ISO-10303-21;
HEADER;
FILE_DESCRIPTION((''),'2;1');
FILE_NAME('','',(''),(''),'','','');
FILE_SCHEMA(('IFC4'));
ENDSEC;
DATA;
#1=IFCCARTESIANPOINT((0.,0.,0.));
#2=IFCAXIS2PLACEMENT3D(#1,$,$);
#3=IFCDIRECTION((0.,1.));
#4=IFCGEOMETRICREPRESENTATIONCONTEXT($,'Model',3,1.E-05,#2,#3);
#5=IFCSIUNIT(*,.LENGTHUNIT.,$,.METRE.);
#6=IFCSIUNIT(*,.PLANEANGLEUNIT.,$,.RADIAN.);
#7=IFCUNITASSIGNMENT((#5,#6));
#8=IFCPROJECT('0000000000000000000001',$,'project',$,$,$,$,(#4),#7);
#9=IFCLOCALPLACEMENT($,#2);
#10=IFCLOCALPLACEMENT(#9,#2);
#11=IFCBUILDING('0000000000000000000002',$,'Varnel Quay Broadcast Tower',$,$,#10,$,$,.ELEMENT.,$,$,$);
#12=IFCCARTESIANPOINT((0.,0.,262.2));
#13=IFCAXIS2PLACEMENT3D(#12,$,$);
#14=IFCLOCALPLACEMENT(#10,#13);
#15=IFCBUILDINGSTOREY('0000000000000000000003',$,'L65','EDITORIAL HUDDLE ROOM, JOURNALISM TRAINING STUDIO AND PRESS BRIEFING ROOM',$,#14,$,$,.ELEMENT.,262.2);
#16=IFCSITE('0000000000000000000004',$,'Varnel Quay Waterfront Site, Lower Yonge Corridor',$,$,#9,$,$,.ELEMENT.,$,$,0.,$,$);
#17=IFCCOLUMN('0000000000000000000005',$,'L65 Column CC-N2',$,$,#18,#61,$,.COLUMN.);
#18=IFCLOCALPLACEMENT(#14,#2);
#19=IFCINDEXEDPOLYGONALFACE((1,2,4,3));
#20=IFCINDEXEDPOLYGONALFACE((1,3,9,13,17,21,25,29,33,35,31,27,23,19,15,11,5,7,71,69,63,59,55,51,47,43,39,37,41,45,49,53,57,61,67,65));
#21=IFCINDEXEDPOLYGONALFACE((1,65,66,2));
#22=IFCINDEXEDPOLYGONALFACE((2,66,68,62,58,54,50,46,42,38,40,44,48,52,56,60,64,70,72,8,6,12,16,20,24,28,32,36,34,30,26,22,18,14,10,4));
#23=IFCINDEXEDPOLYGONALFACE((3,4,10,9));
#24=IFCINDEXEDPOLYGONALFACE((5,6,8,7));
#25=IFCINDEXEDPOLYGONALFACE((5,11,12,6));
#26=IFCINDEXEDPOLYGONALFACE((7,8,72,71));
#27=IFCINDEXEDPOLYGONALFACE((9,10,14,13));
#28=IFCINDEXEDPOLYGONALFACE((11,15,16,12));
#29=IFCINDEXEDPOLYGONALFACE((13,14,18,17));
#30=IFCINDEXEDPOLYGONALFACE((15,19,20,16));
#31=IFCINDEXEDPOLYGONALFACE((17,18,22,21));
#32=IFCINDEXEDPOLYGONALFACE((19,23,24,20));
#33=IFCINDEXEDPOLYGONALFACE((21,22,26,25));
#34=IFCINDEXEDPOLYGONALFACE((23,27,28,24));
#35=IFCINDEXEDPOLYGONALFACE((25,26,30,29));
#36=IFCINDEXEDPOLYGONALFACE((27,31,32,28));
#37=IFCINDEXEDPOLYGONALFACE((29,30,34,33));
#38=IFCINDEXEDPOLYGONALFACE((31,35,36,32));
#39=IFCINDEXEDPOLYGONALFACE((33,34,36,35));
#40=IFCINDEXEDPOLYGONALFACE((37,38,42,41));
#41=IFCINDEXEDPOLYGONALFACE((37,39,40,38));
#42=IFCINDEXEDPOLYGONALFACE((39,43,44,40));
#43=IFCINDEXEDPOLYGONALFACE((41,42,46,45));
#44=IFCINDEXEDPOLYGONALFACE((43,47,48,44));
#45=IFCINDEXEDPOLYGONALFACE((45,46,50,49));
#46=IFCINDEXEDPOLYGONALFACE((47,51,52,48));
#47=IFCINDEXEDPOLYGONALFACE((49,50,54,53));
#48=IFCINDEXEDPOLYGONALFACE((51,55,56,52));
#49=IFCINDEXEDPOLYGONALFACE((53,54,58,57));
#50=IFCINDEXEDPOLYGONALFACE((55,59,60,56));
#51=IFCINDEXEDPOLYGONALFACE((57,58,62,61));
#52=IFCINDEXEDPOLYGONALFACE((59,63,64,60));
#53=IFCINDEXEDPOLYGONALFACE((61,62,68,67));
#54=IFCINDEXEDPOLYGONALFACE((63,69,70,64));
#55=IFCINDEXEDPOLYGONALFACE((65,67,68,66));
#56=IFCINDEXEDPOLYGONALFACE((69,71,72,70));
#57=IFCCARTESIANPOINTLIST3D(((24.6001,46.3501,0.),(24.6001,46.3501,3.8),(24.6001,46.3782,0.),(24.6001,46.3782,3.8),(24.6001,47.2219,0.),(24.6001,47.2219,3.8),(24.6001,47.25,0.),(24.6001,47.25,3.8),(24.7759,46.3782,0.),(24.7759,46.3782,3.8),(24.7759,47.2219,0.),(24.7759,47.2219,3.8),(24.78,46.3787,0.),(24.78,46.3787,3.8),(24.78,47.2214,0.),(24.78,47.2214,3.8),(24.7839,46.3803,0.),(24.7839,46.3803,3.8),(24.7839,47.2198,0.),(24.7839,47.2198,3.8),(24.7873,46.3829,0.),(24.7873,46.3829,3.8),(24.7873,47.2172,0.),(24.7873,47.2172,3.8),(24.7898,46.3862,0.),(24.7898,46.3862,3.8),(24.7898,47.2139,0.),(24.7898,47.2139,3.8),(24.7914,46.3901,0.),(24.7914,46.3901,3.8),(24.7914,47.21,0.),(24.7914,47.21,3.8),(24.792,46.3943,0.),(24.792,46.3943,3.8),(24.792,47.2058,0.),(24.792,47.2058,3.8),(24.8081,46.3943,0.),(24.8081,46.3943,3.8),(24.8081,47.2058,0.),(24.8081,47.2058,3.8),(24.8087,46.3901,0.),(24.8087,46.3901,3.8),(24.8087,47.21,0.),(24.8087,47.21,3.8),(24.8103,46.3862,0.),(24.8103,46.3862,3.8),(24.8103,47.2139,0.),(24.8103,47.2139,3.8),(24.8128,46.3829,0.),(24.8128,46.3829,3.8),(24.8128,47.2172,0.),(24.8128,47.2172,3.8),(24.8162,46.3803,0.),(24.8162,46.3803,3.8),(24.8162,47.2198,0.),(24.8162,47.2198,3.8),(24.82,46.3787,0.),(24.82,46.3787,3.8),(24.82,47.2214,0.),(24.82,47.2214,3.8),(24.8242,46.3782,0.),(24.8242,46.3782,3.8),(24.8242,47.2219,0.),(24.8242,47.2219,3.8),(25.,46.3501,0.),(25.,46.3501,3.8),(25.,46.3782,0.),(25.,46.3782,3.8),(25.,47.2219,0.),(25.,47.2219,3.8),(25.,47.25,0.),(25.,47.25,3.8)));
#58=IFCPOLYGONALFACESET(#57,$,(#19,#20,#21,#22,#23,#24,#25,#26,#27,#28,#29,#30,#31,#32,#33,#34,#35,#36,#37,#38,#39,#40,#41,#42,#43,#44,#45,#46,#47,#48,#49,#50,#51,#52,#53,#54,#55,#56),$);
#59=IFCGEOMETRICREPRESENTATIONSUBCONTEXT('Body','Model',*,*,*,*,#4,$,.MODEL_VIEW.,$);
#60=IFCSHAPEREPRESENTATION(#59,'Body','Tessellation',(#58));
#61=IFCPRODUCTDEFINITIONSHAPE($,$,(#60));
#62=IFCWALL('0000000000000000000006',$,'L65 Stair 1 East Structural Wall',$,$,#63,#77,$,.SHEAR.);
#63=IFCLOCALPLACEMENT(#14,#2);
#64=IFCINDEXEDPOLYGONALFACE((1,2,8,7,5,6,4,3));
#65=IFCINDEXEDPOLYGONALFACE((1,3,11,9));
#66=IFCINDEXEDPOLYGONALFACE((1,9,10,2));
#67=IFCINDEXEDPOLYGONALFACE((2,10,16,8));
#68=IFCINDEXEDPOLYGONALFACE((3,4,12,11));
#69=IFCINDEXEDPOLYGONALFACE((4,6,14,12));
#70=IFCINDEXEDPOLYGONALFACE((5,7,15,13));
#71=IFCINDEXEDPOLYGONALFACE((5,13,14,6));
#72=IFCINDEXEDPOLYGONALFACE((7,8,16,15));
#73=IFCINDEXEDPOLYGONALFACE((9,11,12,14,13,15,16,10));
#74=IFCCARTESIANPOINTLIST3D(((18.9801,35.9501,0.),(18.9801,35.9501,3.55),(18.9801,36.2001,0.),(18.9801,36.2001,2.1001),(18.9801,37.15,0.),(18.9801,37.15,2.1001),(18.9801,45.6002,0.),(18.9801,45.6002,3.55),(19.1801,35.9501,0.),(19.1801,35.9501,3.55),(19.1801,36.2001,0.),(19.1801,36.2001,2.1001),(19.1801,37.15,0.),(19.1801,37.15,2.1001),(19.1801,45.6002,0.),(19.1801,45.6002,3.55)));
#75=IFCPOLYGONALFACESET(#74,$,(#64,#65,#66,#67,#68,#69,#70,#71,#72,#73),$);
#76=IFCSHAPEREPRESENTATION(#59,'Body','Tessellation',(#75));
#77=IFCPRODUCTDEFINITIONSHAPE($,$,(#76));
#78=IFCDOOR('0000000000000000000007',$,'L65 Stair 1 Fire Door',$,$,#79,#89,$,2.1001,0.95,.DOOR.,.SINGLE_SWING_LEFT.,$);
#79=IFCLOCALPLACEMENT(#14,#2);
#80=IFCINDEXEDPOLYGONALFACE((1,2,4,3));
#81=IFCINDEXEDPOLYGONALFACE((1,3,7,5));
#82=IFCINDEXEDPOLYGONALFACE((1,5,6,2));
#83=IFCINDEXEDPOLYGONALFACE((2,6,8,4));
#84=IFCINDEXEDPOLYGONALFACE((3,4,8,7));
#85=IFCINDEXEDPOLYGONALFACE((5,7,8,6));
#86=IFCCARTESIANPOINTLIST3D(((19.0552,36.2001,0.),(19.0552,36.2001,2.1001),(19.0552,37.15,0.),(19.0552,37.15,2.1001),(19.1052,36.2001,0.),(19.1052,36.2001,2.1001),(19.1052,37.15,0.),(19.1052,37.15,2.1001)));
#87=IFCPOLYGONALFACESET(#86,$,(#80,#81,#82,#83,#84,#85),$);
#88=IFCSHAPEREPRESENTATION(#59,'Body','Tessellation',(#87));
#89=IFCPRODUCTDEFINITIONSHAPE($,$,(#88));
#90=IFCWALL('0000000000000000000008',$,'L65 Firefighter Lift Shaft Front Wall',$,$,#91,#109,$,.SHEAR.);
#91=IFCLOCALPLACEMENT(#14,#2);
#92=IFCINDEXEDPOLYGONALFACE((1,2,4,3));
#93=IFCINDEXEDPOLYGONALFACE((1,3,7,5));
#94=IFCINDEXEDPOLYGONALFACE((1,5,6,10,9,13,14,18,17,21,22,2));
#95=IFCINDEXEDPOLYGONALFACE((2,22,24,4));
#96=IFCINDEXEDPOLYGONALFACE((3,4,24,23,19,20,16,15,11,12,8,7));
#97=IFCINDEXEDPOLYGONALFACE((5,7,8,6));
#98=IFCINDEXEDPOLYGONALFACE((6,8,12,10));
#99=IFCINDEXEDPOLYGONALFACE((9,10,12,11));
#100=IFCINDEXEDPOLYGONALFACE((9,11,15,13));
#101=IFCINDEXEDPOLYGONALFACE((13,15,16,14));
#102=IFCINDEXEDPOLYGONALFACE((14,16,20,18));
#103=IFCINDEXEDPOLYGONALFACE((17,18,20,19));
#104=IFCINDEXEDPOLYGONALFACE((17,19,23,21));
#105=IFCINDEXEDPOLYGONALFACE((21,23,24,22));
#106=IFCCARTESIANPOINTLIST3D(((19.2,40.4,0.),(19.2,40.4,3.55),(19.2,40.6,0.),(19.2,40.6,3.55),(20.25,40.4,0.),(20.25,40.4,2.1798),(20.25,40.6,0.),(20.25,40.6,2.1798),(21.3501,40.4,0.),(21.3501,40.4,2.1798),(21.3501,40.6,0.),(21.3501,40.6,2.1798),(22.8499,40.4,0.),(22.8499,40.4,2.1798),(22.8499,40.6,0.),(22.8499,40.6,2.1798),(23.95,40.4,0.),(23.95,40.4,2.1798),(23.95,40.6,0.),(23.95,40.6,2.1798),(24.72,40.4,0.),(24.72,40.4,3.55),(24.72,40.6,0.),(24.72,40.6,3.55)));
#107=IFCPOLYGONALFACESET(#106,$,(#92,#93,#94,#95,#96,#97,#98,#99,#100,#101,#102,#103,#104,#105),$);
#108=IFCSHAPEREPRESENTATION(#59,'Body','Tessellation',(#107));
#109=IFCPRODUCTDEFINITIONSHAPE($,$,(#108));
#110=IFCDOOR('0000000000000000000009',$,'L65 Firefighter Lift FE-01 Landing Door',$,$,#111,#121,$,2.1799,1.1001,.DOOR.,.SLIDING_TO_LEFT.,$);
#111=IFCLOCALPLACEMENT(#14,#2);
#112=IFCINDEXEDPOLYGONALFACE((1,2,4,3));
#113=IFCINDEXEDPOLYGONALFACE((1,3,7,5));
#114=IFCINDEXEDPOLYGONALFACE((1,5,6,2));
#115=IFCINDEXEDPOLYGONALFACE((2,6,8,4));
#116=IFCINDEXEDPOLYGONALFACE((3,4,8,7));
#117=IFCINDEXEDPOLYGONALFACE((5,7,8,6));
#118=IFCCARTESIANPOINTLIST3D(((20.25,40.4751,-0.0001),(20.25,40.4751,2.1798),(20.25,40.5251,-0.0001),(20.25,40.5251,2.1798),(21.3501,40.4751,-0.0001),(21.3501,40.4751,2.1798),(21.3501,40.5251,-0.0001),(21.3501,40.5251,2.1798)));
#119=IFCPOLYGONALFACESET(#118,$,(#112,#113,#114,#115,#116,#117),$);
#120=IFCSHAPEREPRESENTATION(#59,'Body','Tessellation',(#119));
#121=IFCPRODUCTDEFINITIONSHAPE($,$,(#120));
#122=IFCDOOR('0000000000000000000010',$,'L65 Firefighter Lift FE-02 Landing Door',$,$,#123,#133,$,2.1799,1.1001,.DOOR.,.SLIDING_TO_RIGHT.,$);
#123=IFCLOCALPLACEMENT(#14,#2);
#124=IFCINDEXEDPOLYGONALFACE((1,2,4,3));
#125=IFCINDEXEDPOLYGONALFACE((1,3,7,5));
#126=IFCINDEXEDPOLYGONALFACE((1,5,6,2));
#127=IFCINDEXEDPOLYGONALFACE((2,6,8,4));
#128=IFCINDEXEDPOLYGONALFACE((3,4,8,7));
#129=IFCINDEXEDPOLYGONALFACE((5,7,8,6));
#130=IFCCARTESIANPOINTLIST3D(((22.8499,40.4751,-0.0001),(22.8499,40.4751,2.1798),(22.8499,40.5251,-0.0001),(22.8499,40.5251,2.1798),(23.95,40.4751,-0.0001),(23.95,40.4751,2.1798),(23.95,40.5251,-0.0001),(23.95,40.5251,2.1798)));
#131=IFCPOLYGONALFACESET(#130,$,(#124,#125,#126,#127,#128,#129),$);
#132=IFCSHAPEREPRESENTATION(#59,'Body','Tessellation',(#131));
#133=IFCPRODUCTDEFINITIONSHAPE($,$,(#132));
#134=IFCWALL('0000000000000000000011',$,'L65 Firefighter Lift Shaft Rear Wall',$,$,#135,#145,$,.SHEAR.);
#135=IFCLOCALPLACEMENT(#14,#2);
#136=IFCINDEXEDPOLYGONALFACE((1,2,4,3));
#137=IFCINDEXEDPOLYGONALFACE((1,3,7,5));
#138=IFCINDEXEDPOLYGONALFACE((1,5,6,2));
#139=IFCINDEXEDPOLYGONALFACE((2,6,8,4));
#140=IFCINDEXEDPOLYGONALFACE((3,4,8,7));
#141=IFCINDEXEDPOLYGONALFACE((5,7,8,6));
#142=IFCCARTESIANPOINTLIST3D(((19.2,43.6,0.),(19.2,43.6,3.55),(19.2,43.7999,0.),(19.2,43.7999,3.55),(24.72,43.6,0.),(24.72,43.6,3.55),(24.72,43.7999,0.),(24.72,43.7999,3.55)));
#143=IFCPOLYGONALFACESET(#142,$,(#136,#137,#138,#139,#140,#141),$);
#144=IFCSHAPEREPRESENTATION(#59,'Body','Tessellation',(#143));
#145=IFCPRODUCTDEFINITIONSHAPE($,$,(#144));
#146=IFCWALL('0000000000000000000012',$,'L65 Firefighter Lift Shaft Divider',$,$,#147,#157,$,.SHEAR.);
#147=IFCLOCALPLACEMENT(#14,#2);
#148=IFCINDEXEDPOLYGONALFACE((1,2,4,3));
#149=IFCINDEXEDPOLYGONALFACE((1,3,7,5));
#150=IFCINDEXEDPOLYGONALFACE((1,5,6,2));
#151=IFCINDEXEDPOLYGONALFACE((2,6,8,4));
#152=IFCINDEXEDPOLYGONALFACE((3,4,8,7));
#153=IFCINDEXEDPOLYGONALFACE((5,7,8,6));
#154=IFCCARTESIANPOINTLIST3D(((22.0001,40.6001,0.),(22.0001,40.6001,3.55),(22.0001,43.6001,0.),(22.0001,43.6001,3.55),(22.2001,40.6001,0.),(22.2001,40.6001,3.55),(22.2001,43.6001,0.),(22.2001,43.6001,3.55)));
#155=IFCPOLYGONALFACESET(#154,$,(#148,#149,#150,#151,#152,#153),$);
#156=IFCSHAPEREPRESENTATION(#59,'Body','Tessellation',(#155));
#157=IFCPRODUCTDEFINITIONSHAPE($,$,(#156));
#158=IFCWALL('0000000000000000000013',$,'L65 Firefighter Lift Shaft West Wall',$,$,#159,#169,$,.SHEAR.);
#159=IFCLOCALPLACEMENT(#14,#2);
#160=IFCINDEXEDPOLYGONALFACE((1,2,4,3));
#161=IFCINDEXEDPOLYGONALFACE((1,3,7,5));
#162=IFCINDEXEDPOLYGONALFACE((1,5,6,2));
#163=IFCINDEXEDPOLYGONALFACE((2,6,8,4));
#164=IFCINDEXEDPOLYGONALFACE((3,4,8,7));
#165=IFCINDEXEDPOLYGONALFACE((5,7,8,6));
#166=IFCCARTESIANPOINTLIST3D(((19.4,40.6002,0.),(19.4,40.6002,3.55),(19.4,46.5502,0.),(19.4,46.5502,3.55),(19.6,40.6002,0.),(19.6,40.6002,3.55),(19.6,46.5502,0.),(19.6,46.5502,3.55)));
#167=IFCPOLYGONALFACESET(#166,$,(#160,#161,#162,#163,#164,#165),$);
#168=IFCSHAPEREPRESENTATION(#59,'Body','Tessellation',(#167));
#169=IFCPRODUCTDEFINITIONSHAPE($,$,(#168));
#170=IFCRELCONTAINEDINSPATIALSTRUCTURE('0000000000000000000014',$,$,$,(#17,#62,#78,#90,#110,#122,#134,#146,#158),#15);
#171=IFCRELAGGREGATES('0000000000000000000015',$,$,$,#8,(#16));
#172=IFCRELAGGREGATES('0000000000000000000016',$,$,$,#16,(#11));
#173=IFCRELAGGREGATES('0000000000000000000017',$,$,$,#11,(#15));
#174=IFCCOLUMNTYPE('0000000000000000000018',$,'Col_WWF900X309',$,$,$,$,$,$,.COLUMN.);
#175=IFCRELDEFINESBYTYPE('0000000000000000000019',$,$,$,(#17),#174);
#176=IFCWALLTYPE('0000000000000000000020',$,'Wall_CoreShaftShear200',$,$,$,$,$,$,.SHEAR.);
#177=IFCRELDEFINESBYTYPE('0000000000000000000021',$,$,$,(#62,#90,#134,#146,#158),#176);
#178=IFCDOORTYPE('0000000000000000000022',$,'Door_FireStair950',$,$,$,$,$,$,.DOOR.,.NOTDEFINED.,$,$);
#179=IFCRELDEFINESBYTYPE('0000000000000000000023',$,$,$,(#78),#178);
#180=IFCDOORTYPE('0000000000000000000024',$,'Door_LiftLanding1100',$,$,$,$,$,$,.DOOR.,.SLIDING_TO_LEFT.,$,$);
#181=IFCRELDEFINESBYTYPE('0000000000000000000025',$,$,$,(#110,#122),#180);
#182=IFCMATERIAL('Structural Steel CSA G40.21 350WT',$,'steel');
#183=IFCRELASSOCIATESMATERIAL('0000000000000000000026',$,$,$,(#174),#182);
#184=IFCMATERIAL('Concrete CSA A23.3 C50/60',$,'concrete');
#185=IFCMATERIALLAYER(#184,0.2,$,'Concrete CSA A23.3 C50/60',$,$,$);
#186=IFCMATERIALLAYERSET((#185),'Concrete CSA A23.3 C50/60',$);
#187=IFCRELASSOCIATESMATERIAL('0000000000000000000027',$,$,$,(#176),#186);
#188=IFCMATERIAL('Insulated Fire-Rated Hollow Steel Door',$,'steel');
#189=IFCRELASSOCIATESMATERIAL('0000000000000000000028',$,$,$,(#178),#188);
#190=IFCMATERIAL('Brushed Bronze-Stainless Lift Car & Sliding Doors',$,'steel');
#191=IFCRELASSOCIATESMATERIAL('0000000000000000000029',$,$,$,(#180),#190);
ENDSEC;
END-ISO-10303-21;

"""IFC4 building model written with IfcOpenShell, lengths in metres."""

from ifc_helpers import new_model, si_unit, direction, frame, frame_2d, origin, origin_2d, place, context, subcontext, project, spatial, rectangle, i_section, extrude, source, transform, mapped, material, layer, layer_set, material_profile, profile_set, type_object, type_shapes, element, fill, save


model = new_model("IFC4")

# Units and contexts
model_context = context("Model", 3, precision=1e-05, world=origin(), true_north=direction((0.0, 1.0)))
body_context = subcontext(model_context, "Body", "Model", "MODEL_VIEW")
ifc_project = project(units=[si_unit("LENGTHUNIT", "METRE"), si_unit("PLANEANGLEUNIT", "RADIAN")], contexts=[model_context])

# Site, building, storey
site_placement = place(None, origin())
site = spatial("IfcSite", under=ifc_project, at=site_placement, Name="Varnel Quay Waterfront Site, Lower Yonge Corridor", CompositionType="ELEMENT", RefElevation=0.0)
building_placement = place(site_placement, origin())
building = spatial("IfcBuilding", under=site, at=building_placement, Name="Varnel Quay Broadcast Tower", CompositionType="ELEMENT")
storey_placement = place(building_placement, frame((0.0, 0.0, 262.2)))
storey = spatial("IfcBuildingStorey", under=building, at=storey_placement, Name="L65", Description="EDITORIAL HUDDLE ROOM, JOURNALISM TRAINING STUDIO AND PRESS BRIEFING ROOM", CompositionType="ELEMENT", Elevation=262.2)

# Column
ifc_material_1 = material(Name="Structural Steel CSA G40.21 350WT", Category="steel")
ifc_material_profile = material_profile(ifc_material_1, i_section(OverallWidth=0.3999, OverallDepth=0.8999, WebThickness=0.0161, FlangeThickness=0.0281, FilletRadius=0.0161, at=origin_2d()), Name="WWF900X309")
ifc_profile_set = profile_set([ifc_material_profile], Name="Structural Steel CSA G40.21 350WT")
column_type = type_object("IfcColumnType", Name="Col_WWF900X309", PredefinedType="COLUMN", material=ifc_profile_set)
shared_shape_1 = source(origin(), body_context, "Body", "SweptSolid", [
    extrude(i_section(OverallWidth=0.3999, OverallDepth=0.8999, WebThickness=0.0161, FlangeThickness=0.0281, FilletRadius=0.0161, at=origin_2d()), origin(), (0.0, 0.0, 1.0), 3.8),
])
type_shapes(column_type, [shared_shape_1])
column_placement = place(storey_placement, frame((24.8, 46.8, 0.0), z_axis=(0.0, 0.0, 1.0), x_axis=(1.0, 0.0, 0.0)))
element("IfcColumn", 1, at=column_placement, inside=storey, type_object=column_type, Name="L65 Column CC-N2", PredefinedType="COLUMN", context=body_context, shape_type="MappedRepresentation", body=[
    mapped(shared_shape_1, transform((0.0, 0.0, 0.0), x_axis=(1.0, 0.0, 0.0), y_axis=(0.0, 1.0, 0.0), z_axis=(0.0, 0.0, 1.0), scale=1.0)),
])

# Wall, opening, door
ifc_material_2 = material(Name="Concrete CSA A23.3 C50/60", Category="concrete")
ifc_layer_1 = layer(ifc_material_2, 0.2, Name="Concrete CSA A23.3 C50/60")
ifc_layer_set_1 = layer_set([ifc_layer_1], Name="Concrete CSA A23.3 C50/60")
wall_type_1 = type_object("IfcWallType", Name="Wall_CoreShaftShear200", PredefinedType="SHEAR", material=ifc_layer_set_1)
wall_1_placement = place(storey_placement, frame((19.0801, 35.95, 0.0), z_axis=(0.0, 0.0, 1.0), x_axis=(0.0, 1.0, 0.0)))
wall_1 = element("IfcWall", 2, at=wall_1_placement, inside=storey, type_object=wall_type_1, Name="L65 Stair 1 East Structural Wall", PredefinedType="SHEAR", context=body_context, shape_type="SweptSolid", body=[
    extrude(rectangle(XDim=9.6501, YDim=0.2, at=frame_2d((4.8252, 0.0))), origin(), (0.0, 0.0, 1.0), 3.55),
])
opening_1_placement = place(wall_1_placement, frame((0.25, 0.0, 0.0)))
opening_1 = element("IfcOpeningElement", 3, at=opening_1_placement, cuts=wall_1, PredefinedType="OPENING", context=body_context, shape_type="SweptSolid", body=[
    extrude(rectangle(XDim=0.95, YDim=2.1001, at=frame_2d((0.4751, 1.05))), frame((0.0, 0.1099, 0.0), z_axis=(0.0, -1.0, 0.0), x_axis=(1.0, 0.0, 0.0)), (0.0, 0.0, 1.0), 0.22),
])
ifc_material_3 = material(Name="Insulated Fire-Rated Hollow Steel Door", Category="steel")
door_type_1 = type_object("IfcDoorType", Name="Door_FireStair950", OperationType="NOTDEFINED", PredefinedType="DOOR", material=ifc_material_3)
shared_shape_2 = source(origin(), body_context, "Body", "SweptSolid", [
    extrude(rectangle(XDim=0.95, YDim=2.1001, at=frame_2d((0.4751, 1.05))), frame((0.0, 0.0249, 0.0), z_axis=(0.0, -1.0, 0.0), x_axis=(1.0, 0.0, 0.0)), (0.0, 0.0, 1.0), 0.05),
])
type_shapes(door_type_1, [shared_shape_2])
door_1_placement = place(opening_1_placement, origin())
door_1 = element("IfcDoor", 4, at=door_1_placement, inside=storey, type_object=door_type_1, Name="L65 Stair 1 Fire Door", OperationType="SINGLE_SWING_LEFT", OverallHeight=2.1001, OverallWidth=0.95, PredefinedType="DOOR", context=body_context, shape_type="MappedRepresentation", body=[
    mapped(shared_shape_2, transform((0.0, 0.0, 0.0), x_axis=(1.0, 0.0, 0.0), y_axis=(0.0, 1.0, 0.0), z_axis=(0.0, 0.0, 1.0), scale=1.0)),
])
fill(opening_1, door_1)

# Wall, openings, doors
wall_2_placement = place(storey_placement, frame((19.2, 40.5, 0.0), z_axis=(0.0, 0.0, 1.0), x_axis=(1.0, 0.0, 0.0)))
wall_2 = element("IfcWall", 5, at=wall_2_placement, inside=storey, type_object=wall_type_1, Name="L65 Firefighter Lift Shaft Front Wall", PredefinedType="SHEAR", context=body_context, shape_type="SweptSolid", body=[
    extrude(rectangle(XDim=5.52, YDim=0.2, at=frame_2d((2.76, 0.0))), origin(), (0.0, 0.0, 1.0), 3.55),
])
opening_2_placement = place(wall_2_placement, frame((1.05, 0.0, 0.0)))
opening_2 = element("IfcOpeningElement", 6, at=opening_2_placement, cuts=wall_2, PredefinedType="OPENING", context=body_context, shape_type="SweptSolid", body=[
    extrude(rectangle(XDim=1.1001, YDim=2.1799, at=frame_2d((0.55, 1.0898))), frame((0.0, 0.1099, 0.0), z_axis=(0.0, -1.0, 0.0), x_axis=(1.0, 0.0, 0.0)), (0.0, 0.0, 1.0), 0.22),
])
opening_3_placement = place(wall_2_placement, frame((3.6499, 0.0, 0.0)))
opening_3 = element("IfcOpeningElement", 7, at=opening_3_placement, cuts=wall_2, PredefinedType="OPENING", context=body_context, shape_type="SweptSolid", body=[
    extrude(rectangle(XDim=1.1001, YDim=2.1799, at=frame_2d((0.55, 1.0898))), frame((0.0, 0.1099, 0.0), z_axis=(0.0, -1.0, 0.0), x_axis=(1.0, 0.0, 0.0)), (0.0, 0.0, 1.0), 0.22),
])
ifc_material_4 = material(Name="Brushed Bronze-Stainless Lift Car & Sliding Doors", Category="steel")
door_type_2 = type_object("IfcDoorType", Name="Door_LiftLanding1100", OperationType="SLIDING_TO_LEFT", PredefinedType="DOOR", material=ifc_material_4)
shared_shape_3 = source(origin(), body_context, "Body", "SweptSolid", [
    extrude(rectangle(XDim=1.1001, YDim=2.1799, at=frame_2d((0.55, 1.0898))), frame((0.0, 0.0249, 0.0), z_axis=(0.0, -1.0, 0.0), x_axis=(1.0, 0.0, 0.0)), (0.0, 0.0, 1.0), 0.05),
])
type_shapes(door_type_2, [shared_shape_3])
door_2_placement = place(opening_2_placement, frame((1.1001, 0.0, 0.0), z_axis=(0.0, 0.0, 1.0), x_axis=(-1.0, 0.0, 0.0)))
door_2 = element("IfcDoor", 8, at=door_2_placement, inside=storey, type_object=door_type_2, Name="L65 Firefighter Lift FE-01 Landing Door", OperationType="SLIDING_TO_LEFT", OverallHeight=2.1799, OverallWidth=1.1001, PredefinedType="DOOR", context=body_context, shape_type="MappedRepresentation", body=[
    mapped(shared_shape_3, transform((0.0, 0.0, 0.0), x_axis=(1.0, 0.0, 0.0), y_axis=(0.0, 1.0, 0.0), z_axis=(0.0, 0.0, 1.0), scale=1.0)),
])
fill(opening_2, door_2)
door_3_placement = place(opening_3_placement, frame((1.1001, 0.0, 0.0), z_axis=(0.0, 0.0, 1.0), x_axis=(-1.0, 0.0, 0.0)))
door_3 = element("IfcDoor", 9, at=door_3_placement, inside=storey, type_object=door_type_2, Name="L65 Firefighter Lift FE-02 Landing Door", OperationType="SLIDING_TO_RIGHT", OverallHeight=2.1799, OverallWidth=1.1001, PredefinedType="DOOR", context=body_context, shape_type="MappedRepresentation", body=[
    mapped(shared_shape_3, transform((0.0, 0.0, 0.0), x_axis=(1.0, 0.0, 0.0), y_axis=(0.0, 1.0, 0.0), z_axis=(0.0, 0.0, 1.0), scale=1.0)),
])
fill(opening_3, door_3)

# Walls
wall_3_placement = place(storey_placement, frame((19.2, 43.7, 0.0), z_axis=(0.0, 0.0, 1.0), x_axis=(1.0, 0.0, 0.0)))
element("IfcWall", 10, at=wall_3_placement, inside=storey, type_object=wall_type_1, Name="L65 Firefighter Lift Shaft Rear Wall", PredefinedType="SHEAR", context=body_context, shape_type="SweptSolid", body=[
    extrude(rectangle(XDim=5.52, YDim=0.2, at=frame_2d((2.76, 0.0))), origin(), (0.0, 0.0, 1.0), 3.55),
])
wall_4_placement = place(storey_placement, frame((22.1001, 40.6001, 0.0), z_axis=(0.0, 0.0, 1.0), x_axis=(0.0, 1.0, 0.0)))
element("IfcWall", 11, at=wall_4_placement, inside=storey, type_object=wall_type_1, Name="L65 Firefighter Lift Shaft Divider", PredefinedType="SHEAR", context=body_context, shape_type="SweptSolid", body=[
    extrude(rectangle(XDim=3.0, YDim=0.2, at=frame_2d((1.5, 0.0))), origin(), (0.0, 0.0, 1.0), 3.55),
])
wall_5_placement = place(storey_placement, frame((19.5, 40.6001, 0.0), z_axis=(0.0, 0.0, 1.0), x_axis=(0.0, 1.0, 0.0)))
element("IfcWall", 12, at=wall_5_placement, inside=storey, type_object=wall_type_1, Name="L65 Firefighter Lift Shaft West Wall", PredefinedType="SHEAR", context=body_context, shape_type="SweptSolid", body=[
    extrude(rectangle(XDim=5.95, YDim=0.2, at=frame_2d((2.9751, 0.0))), origin(), (0.0, 0.0, 1.0), 3.55),
])

save(model, "model.ifc")
